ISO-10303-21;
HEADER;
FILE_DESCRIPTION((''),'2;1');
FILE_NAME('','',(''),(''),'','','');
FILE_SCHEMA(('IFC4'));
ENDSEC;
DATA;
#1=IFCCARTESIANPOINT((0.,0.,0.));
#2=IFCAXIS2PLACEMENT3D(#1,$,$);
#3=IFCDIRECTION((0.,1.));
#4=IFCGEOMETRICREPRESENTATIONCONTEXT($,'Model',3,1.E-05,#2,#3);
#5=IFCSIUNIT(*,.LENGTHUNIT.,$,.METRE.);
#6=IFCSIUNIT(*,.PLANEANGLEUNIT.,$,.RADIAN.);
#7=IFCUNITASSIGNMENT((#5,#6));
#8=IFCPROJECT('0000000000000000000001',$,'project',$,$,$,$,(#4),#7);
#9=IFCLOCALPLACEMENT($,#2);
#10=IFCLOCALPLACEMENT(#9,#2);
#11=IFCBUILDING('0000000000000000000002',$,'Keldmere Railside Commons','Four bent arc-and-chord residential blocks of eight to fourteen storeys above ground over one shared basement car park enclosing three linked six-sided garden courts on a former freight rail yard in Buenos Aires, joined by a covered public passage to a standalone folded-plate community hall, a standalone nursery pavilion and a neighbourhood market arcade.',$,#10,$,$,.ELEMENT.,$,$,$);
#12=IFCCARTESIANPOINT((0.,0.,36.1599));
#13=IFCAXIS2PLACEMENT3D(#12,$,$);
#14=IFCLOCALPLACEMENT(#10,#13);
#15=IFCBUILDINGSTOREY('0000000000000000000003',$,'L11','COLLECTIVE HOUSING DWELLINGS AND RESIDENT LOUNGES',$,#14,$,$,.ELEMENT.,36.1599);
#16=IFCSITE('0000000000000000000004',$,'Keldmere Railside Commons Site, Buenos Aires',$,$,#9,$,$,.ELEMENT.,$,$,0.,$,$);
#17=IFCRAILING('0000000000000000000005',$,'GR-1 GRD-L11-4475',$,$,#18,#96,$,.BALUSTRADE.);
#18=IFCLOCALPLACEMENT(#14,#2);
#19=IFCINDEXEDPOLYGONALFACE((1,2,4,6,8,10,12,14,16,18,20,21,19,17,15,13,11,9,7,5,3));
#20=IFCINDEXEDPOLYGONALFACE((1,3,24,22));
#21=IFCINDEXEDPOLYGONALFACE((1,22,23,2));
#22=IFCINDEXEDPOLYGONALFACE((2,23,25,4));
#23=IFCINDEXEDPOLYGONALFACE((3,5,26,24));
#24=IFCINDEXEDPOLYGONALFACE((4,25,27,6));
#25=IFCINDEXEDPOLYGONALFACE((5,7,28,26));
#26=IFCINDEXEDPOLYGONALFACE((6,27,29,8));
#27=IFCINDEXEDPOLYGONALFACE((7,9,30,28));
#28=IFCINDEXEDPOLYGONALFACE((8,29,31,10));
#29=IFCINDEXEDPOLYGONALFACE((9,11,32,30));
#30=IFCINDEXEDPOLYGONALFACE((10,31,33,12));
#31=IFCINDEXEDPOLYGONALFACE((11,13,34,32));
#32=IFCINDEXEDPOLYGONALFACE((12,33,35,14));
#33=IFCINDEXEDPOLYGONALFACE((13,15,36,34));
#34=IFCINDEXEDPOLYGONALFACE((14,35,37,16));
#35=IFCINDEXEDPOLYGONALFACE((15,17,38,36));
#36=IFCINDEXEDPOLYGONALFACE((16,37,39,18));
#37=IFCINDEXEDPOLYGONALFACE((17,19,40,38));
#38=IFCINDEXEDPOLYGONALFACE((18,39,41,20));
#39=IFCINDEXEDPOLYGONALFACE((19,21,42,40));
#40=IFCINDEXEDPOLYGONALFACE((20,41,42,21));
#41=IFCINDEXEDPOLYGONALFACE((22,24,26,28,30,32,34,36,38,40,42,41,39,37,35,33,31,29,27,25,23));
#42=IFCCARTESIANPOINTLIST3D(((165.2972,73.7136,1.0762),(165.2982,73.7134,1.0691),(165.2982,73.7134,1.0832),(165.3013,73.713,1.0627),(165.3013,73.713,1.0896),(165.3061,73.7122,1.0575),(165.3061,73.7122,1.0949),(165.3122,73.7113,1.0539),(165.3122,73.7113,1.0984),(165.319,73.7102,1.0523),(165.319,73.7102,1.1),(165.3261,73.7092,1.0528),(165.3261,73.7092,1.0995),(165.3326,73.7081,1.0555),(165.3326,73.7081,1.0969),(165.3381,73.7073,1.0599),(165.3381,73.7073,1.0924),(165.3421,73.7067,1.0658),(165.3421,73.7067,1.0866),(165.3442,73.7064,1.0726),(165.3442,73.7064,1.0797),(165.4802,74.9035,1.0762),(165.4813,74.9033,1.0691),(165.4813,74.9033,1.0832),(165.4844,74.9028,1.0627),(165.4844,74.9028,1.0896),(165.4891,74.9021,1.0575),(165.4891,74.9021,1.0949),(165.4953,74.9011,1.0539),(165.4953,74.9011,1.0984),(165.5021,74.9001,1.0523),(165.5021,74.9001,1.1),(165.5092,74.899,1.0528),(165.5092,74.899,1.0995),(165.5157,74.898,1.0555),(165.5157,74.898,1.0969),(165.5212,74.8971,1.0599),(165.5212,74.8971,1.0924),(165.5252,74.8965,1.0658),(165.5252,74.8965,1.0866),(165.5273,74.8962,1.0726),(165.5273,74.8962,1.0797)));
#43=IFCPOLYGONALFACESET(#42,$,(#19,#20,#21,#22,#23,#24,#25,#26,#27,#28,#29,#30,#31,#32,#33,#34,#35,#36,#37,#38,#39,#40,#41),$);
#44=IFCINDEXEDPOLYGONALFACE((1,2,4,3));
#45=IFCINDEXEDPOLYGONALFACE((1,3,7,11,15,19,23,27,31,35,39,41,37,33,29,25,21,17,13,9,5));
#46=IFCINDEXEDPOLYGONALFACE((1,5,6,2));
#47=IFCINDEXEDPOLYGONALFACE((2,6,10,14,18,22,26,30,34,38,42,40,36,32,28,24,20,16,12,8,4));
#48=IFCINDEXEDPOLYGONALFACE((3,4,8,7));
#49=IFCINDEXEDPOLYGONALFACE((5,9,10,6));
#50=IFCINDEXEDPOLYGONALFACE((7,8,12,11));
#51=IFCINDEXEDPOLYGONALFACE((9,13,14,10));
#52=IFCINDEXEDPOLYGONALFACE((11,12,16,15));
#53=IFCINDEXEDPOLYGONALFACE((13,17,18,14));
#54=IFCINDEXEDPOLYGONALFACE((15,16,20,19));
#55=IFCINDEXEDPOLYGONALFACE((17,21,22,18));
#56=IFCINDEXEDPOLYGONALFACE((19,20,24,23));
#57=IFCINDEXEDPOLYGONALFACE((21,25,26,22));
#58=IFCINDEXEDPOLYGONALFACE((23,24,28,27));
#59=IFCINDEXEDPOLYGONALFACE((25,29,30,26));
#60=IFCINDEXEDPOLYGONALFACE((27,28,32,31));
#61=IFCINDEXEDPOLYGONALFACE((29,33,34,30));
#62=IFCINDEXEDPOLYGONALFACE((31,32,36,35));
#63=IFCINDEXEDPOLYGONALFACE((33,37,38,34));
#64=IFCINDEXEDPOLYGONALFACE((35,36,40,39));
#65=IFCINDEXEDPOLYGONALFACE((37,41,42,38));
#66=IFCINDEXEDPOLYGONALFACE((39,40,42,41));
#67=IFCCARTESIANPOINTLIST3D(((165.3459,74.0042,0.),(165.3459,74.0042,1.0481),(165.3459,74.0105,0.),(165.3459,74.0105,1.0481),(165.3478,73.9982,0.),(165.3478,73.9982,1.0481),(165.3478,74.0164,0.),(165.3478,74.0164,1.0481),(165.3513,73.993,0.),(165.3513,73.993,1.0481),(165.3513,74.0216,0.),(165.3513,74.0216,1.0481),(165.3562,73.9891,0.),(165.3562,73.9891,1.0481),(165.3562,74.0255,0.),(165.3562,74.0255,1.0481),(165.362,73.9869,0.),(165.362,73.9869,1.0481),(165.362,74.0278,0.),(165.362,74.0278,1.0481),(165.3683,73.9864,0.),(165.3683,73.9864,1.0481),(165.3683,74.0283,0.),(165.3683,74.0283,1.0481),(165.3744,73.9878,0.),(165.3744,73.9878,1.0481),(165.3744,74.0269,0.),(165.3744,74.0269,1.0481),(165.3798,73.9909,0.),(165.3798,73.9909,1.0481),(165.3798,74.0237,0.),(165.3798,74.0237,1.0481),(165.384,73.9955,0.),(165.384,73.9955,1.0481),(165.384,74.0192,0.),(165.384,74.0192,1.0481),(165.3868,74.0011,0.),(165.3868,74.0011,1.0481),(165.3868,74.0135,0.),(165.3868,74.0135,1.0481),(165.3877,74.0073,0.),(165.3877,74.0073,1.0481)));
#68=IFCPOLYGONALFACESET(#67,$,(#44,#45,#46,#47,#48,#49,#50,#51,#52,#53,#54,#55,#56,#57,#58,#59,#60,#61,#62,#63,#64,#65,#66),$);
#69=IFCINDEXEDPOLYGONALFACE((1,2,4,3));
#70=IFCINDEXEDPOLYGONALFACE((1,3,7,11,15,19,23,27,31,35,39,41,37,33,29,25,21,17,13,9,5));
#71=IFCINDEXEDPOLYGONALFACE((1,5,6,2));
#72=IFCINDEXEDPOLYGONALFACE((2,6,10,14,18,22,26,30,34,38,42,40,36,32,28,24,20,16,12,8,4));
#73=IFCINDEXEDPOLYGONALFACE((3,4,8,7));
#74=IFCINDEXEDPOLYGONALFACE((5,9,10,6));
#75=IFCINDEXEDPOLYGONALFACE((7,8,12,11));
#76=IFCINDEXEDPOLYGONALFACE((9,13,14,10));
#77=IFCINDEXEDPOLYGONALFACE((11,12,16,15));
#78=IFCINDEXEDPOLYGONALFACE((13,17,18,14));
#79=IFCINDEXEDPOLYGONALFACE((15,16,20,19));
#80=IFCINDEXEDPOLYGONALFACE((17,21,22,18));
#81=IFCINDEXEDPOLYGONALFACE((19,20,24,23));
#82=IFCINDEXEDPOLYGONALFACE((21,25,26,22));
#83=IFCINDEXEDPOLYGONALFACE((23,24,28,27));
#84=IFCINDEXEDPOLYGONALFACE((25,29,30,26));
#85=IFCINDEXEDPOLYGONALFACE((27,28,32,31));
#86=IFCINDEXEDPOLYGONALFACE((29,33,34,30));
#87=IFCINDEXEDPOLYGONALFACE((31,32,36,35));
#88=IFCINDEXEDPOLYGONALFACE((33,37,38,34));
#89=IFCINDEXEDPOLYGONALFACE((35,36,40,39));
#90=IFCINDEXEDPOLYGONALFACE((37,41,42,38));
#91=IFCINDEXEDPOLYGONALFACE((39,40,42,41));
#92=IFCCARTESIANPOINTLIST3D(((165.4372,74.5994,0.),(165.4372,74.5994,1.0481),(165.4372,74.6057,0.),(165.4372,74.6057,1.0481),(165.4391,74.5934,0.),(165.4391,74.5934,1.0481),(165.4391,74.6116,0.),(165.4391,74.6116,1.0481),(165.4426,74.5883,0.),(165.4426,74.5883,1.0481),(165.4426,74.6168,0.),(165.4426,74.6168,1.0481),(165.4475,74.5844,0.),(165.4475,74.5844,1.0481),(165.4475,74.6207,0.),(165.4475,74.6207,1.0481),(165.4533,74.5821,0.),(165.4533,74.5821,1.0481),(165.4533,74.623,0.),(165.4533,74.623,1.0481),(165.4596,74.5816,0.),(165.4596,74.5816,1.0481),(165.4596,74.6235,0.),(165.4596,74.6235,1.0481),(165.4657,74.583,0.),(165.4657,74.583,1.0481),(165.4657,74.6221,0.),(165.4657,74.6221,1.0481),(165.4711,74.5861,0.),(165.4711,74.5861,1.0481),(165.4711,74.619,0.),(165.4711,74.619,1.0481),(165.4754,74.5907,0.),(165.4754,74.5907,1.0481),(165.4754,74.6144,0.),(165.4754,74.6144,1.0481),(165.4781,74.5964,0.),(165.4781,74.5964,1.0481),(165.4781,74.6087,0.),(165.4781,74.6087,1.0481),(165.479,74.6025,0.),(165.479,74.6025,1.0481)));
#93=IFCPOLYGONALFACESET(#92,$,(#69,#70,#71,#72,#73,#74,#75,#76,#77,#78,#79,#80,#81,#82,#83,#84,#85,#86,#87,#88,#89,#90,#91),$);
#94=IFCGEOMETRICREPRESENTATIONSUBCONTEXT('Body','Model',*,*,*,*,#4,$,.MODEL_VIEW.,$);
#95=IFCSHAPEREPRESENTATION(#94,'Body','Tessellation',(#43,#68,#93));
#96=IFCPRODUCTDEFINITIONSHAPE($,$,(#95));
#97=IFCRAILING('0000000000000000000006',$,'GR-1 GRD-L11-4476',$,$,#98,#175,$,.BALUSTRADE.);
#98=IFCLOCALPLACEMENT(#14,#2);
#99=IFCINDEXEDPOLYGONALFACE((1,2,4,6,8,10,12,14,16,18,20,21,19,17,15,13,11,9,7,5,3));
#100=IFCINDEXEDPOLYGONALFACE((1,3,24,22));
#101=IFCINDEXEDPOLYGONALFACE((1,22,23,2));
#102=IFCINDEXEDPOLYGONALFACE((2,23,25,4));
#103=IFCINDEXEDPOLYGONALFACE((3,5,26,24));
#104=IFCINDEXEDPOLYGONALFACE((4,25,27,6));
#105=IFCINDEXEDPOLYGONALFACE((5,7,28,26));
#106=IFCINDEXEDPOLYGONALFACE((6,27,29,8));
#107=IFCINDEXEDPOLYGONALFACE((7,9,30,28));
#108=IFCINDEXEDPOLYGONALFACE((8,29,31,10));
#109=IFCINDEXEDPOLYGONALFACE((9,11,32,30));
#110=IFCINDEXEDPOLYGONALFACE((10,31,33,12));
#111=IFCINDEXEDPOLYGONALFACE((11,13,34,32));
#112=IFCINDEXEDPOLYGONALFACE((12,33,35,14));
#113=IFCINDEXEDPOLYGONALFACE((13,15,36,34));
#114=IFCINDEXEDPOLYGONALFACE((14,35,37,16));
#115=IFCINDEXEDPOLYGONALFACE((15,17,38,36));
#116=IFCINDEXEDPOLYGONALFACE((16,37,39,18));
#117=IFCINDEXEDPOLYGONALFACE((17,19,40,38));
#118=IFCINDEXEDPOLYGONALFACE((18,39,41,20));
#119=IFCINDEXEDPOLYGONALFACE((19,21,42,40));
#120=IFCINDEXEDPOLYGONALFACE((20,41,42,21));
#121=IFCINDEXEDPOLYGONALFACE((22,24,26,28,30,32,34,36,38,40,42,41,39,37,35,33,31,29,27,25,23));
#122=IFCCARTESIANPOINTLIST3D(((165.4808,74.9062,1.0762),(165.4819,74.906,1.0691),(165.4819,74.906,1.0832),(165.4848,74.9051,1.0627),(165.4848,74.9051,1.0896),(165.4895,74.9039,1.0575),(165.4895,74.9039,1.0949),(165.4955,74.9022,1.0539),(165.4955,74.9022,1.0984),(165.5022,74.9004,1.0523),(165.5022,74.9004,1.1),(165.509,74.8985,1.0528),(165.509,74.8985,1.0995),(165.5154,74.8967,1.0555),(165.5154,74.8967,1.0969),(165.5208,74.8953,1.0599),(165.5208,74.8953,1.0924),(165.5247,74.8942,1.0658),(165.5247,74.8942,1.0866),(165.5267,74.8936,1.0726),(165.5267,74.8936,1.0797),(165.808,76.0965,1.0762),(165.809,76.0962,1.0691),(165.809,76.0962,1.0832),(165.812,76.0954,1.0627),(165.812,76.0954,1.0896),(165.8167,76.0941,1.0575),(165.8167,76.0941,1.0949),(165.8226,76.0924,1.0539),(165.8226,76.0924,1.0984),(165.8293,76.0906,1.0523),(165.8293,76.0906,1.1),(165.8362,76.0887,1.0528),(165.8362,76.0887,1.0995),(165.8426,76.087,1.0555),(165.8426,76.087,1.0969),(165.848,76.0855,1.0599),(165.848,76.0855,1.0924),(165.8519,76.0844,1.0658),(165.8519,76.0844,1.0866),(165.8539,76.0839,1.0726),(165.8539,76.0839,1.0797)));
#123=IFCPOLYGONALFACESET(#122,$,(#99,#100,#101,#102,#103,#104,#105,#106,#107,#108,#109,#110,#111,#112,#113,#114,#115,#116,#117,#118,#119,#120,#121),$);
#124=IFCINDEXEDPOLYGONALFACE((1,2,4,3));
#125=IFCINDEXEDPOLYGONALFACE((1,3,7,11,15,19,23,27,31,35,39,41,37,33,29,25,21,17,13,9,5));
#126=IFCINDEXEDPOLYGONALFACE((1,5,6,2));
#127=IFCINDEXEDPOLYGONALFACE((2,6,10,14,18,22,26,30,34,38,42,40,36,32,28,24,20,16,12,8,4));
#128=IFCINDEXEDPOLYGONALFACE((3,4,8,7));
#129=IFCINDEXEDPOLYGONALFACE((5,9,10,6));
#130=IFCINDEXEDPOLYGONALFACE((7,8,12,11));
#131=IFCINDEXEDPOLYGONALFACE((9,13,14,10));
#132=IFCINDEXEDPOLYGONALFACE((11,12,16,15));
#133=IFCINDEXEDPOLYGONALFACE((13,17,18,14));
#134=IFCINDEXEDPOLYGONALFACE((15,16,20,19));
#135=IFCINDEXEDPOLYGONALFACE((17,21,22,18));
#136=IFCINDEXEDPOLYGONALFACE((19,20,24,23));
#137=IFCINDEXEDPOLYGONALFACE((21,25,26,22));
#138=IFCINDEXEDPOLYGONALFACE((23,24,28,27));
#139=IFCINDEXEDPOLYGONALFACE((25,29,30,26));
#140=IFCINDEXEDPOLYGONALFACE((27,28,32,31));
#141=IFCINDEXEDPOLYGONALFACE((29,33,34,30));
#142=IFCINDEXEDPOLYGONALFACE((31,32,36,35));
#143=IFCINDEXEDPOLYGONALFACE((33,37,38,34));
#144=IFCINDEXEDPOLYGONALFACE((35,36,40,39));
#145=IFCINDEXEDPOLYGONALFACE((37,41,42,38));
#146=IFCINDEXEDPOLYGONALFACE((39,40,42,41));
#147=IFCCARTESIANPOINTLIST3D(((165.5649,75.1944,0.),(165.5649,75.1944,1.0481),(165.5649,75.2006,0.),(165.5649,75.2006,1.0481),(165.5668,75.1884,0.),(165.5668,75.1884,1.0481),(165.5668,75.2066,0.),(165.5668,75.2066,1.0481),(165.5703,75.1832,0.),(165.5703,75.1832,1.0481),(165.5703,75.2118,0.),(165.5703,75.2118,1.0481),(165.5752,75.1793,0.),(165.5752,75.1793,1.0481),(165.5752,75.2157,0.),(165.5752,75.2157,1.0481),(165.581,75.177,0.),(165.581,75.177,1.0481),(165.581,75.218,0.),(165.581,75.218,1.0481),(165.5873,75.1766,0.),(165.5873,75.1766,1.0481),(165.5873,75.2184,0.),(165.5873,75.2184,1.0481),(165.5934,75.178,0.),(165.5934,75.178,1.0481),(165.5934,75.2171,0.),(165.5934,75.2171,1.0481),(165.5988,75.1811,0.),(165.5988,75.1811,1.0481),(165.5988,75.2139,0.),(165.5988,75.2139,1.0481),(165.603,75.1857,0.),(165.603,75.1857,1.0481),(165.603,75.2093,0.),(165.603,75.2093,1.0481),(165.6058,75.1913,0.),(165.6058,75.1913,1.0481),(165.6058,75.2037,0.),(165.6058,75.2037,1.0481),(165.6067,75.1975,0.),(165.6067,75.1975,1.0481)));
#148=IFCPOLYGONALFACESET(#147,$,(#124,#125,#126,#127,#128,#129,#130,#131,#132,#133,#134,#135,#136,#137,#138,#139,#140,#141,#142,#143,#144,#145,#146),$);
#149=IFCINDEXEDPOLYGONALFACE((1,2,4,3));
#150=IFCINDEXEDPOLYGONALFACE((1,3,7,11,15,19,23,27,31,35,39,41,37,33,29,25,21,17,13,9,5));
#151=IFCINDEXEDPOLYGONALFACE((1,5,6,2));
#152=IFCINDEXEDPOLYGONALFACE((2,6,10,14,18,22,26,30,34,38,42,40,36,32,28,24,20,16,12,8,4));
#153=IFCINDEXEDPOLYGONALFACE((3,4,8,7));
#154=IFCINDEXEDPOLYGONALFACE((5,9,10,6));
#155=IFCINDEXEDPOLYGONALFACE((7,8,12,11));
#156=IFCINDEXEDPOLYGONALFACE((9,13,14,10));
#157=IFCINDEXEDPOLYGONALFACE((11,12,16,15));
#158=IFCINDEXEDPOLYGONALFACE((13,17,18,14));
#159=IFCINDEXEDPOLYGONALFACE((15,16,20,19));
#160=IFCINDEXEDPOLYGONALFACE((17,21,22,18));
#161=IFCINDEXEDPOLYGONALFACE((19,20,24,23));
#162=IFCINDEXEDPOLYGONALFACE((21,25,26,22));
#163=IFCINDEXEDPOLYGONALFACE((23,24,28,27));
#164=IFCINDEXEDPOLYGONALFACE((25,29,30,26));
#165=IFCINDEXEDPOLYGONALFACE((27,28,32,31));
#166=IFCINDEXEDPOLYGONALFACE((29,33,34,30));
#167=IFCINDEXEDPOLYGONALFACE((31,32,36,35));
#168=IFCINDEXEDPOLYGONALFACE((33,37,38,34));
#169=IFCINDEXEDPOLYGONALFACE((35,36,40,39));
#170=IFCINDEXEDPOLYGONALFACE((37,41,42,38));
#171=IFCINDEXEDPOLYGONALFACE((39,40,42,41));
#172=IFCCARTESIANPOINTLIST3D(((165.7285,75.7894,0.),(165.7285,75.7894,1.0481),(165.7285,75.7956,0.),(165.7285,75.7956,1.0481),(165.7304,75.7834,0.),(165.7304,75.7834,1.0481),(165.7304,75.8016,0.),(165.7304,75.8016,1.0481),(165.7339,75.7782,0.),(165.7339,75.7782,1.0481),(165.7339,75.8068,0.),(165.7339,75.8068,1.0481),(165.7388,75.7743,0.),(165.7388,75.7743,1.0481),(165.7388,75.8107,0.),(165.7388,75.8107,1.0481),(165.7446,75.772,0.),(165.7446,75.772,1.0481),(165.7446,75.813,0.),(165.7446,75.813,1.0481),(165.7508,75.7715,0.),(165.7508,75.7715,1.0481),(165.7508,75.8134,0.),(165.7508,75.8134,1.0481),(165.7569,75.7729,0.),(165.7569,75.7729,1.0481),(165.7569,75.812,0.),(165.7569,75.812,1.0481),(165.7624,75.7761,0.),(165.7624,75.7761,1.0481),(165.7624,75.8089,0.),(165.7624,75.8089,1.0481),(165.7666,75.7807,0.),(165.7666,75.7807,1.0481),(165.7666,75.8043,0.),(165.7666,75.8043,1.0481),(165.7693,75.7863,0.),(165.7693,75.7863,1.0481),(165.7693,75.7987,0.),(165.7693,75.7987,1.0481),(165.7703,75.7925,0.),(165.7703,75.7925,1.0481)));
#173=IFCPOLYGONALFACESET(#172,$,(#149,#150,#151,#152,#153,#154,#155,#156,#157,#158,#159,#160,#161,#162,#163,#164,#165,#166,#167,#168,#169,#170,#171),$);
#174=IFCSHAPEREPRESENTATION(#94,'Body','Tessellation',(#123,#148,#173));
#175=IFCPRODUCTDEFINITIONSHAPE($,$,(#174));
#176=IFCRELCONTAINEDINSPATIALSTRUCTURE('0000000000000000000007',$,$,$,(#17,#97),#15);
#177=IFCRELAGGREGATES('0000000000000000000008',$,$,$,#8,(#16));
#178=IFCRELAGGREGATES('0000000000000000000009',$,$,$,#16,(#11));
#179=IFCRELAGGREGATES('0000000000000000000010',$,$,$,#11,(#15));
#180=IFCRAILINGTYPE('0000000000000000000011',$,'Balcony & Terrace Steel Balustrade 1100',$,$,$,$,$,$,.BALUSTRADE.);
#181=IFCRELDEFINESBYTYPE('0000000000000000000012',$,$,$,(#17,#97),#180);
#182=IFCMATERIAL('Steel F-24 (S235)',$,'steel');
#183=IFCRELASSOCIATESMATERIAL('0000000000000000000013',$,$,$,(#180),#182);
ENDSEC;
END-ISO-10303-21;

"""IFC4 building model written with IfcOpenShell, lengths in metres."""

from ifc_helpers import new_model, si_unit, direction, frame, origin, origin_2d, place, context, subcontext, project, spatial, circle, extrude, material, type_object, element, save


model = new_model("IFC4")

# Units and contexts
model_context = context("Model", 3, precision=1e-05, world=origin(), true_north=direction((0.0, 1.0)))
body_context = subcontext(model_context, "Body", "Model", "MODEL_VIEW")
ifc_project = project(units=[si_unit("LENGTHUNIT", "METRE"), si_unit("PLANEANGLEUNIT", "RADIAN")], contexts=[model_context])

# Site, building, storey
site_placement = place(None, origin())
site = spatial("IfcSite", under=ifc_project, at=site_placement, Name="Keldmere Railside Commons Site, Buenos Aires", CompositionType="ELEMENT", RefElevation=0.0)
building_placement = place(site_placement, origin())
building = spatial("IfcBuilding", under=site, at=building_placement, Name="Keldmere Railside Commons", Description="Four bent arc-and-chord residential blocks of eight to fourteen storeys above ground over one shared basement car park enclosing three linked six-sided garden courts on a former freight rail yard in Buenos Aires, joined by a covered public passage to a standalone folded-plate community hall, a standalone nursery pavilion and a neighbourhood market arcade.", CompositionType="ELEMENT")
storey_placement = place(building_placement, frame((0.0, 0.0, 36.1599)))
storey = spatial("IfcBuildingStorey", under=building, at=storey_placement, Name="L11", Description="COLLECTIVE HOUSING DWELLINGS AND RESIDENT LOUNGES", CompositionType="ELEMENT", Elevation=36.1599)

# Railings
ifc_material_1 = material(Name="Steel F-24 (S235)", Category="steel")
railing_type = type_object("IfcRailingType", Name="Balcony & Terrace Steel Balustrade 1100", PredefinedType="BALUSTRADE", material=ifc_material_1)
railing_1_placement = place(storey_placement, frame((165.3208, 73.71, 0.0)))
element("IfcRailing", 1, at=railing_1_placement, inside=storey, type_object=railing_type, Name="GR-1 GRD-L11-4475", PredefinedType="BALUSTRADE", context=body_context, shape_type="SweptSolid", body=[
    extrude(circle(Radius=0.0239, at=origin_2d()), frame((0.0, 0.0, 1.0762), z_axis=(0.152088, 0.988367, 0.0), x_axis=(-0.988367, 0.152088, 0.0)), (0.0, 0.0, 1.0), 1.2039),
    extrude(circle(Radius=0.021, at=origin_2d()), frame((0.0459, 0.2974, 0.0)), (0.0, 0.0, 1.0), 1.0481),
    extrude(circle(Radius=0.021, at=origin_2d()), frame((0.1372, 0.8926, 0.0)), (0.0, 0.0, 1.0), 1.0481),
])
railing_2_placement = place(storey_placement, frame((165.5039, 74.8999, 0.0)))
element("IfcRailing", 2, at=railing_2_placement, inside=storey, type_object=railing_type, Name="GR-1 GRD-L11-4476", PredefinedType="BALUSTRADE", context=body_context, shape_type="SweptSolid", body=[
    extrude(circle(Radius=0.0239, at=origin_2d()), frame((0.0, 0.0, 1.0762), z_axis=(0.265042, 0.964237, 0.0), x_axis=(-0.964237, 0.265042, 0.0)), (0.0, 0.0, 1.0), 1.2344),
    extrude(circle(Radius=0.021, at=origin_2d()), frame((0.0818, 0.2976, 0.0)), (0.0, 0.0, 1.0), 1.0481),
    extrude(circle(Radius=0.021, at=origin_2d()), frame((0.2454, 0.8926, 0.0)), (0.0, 0.0, 1.0), 1.0481),
])

save(model, "model.ifc")
